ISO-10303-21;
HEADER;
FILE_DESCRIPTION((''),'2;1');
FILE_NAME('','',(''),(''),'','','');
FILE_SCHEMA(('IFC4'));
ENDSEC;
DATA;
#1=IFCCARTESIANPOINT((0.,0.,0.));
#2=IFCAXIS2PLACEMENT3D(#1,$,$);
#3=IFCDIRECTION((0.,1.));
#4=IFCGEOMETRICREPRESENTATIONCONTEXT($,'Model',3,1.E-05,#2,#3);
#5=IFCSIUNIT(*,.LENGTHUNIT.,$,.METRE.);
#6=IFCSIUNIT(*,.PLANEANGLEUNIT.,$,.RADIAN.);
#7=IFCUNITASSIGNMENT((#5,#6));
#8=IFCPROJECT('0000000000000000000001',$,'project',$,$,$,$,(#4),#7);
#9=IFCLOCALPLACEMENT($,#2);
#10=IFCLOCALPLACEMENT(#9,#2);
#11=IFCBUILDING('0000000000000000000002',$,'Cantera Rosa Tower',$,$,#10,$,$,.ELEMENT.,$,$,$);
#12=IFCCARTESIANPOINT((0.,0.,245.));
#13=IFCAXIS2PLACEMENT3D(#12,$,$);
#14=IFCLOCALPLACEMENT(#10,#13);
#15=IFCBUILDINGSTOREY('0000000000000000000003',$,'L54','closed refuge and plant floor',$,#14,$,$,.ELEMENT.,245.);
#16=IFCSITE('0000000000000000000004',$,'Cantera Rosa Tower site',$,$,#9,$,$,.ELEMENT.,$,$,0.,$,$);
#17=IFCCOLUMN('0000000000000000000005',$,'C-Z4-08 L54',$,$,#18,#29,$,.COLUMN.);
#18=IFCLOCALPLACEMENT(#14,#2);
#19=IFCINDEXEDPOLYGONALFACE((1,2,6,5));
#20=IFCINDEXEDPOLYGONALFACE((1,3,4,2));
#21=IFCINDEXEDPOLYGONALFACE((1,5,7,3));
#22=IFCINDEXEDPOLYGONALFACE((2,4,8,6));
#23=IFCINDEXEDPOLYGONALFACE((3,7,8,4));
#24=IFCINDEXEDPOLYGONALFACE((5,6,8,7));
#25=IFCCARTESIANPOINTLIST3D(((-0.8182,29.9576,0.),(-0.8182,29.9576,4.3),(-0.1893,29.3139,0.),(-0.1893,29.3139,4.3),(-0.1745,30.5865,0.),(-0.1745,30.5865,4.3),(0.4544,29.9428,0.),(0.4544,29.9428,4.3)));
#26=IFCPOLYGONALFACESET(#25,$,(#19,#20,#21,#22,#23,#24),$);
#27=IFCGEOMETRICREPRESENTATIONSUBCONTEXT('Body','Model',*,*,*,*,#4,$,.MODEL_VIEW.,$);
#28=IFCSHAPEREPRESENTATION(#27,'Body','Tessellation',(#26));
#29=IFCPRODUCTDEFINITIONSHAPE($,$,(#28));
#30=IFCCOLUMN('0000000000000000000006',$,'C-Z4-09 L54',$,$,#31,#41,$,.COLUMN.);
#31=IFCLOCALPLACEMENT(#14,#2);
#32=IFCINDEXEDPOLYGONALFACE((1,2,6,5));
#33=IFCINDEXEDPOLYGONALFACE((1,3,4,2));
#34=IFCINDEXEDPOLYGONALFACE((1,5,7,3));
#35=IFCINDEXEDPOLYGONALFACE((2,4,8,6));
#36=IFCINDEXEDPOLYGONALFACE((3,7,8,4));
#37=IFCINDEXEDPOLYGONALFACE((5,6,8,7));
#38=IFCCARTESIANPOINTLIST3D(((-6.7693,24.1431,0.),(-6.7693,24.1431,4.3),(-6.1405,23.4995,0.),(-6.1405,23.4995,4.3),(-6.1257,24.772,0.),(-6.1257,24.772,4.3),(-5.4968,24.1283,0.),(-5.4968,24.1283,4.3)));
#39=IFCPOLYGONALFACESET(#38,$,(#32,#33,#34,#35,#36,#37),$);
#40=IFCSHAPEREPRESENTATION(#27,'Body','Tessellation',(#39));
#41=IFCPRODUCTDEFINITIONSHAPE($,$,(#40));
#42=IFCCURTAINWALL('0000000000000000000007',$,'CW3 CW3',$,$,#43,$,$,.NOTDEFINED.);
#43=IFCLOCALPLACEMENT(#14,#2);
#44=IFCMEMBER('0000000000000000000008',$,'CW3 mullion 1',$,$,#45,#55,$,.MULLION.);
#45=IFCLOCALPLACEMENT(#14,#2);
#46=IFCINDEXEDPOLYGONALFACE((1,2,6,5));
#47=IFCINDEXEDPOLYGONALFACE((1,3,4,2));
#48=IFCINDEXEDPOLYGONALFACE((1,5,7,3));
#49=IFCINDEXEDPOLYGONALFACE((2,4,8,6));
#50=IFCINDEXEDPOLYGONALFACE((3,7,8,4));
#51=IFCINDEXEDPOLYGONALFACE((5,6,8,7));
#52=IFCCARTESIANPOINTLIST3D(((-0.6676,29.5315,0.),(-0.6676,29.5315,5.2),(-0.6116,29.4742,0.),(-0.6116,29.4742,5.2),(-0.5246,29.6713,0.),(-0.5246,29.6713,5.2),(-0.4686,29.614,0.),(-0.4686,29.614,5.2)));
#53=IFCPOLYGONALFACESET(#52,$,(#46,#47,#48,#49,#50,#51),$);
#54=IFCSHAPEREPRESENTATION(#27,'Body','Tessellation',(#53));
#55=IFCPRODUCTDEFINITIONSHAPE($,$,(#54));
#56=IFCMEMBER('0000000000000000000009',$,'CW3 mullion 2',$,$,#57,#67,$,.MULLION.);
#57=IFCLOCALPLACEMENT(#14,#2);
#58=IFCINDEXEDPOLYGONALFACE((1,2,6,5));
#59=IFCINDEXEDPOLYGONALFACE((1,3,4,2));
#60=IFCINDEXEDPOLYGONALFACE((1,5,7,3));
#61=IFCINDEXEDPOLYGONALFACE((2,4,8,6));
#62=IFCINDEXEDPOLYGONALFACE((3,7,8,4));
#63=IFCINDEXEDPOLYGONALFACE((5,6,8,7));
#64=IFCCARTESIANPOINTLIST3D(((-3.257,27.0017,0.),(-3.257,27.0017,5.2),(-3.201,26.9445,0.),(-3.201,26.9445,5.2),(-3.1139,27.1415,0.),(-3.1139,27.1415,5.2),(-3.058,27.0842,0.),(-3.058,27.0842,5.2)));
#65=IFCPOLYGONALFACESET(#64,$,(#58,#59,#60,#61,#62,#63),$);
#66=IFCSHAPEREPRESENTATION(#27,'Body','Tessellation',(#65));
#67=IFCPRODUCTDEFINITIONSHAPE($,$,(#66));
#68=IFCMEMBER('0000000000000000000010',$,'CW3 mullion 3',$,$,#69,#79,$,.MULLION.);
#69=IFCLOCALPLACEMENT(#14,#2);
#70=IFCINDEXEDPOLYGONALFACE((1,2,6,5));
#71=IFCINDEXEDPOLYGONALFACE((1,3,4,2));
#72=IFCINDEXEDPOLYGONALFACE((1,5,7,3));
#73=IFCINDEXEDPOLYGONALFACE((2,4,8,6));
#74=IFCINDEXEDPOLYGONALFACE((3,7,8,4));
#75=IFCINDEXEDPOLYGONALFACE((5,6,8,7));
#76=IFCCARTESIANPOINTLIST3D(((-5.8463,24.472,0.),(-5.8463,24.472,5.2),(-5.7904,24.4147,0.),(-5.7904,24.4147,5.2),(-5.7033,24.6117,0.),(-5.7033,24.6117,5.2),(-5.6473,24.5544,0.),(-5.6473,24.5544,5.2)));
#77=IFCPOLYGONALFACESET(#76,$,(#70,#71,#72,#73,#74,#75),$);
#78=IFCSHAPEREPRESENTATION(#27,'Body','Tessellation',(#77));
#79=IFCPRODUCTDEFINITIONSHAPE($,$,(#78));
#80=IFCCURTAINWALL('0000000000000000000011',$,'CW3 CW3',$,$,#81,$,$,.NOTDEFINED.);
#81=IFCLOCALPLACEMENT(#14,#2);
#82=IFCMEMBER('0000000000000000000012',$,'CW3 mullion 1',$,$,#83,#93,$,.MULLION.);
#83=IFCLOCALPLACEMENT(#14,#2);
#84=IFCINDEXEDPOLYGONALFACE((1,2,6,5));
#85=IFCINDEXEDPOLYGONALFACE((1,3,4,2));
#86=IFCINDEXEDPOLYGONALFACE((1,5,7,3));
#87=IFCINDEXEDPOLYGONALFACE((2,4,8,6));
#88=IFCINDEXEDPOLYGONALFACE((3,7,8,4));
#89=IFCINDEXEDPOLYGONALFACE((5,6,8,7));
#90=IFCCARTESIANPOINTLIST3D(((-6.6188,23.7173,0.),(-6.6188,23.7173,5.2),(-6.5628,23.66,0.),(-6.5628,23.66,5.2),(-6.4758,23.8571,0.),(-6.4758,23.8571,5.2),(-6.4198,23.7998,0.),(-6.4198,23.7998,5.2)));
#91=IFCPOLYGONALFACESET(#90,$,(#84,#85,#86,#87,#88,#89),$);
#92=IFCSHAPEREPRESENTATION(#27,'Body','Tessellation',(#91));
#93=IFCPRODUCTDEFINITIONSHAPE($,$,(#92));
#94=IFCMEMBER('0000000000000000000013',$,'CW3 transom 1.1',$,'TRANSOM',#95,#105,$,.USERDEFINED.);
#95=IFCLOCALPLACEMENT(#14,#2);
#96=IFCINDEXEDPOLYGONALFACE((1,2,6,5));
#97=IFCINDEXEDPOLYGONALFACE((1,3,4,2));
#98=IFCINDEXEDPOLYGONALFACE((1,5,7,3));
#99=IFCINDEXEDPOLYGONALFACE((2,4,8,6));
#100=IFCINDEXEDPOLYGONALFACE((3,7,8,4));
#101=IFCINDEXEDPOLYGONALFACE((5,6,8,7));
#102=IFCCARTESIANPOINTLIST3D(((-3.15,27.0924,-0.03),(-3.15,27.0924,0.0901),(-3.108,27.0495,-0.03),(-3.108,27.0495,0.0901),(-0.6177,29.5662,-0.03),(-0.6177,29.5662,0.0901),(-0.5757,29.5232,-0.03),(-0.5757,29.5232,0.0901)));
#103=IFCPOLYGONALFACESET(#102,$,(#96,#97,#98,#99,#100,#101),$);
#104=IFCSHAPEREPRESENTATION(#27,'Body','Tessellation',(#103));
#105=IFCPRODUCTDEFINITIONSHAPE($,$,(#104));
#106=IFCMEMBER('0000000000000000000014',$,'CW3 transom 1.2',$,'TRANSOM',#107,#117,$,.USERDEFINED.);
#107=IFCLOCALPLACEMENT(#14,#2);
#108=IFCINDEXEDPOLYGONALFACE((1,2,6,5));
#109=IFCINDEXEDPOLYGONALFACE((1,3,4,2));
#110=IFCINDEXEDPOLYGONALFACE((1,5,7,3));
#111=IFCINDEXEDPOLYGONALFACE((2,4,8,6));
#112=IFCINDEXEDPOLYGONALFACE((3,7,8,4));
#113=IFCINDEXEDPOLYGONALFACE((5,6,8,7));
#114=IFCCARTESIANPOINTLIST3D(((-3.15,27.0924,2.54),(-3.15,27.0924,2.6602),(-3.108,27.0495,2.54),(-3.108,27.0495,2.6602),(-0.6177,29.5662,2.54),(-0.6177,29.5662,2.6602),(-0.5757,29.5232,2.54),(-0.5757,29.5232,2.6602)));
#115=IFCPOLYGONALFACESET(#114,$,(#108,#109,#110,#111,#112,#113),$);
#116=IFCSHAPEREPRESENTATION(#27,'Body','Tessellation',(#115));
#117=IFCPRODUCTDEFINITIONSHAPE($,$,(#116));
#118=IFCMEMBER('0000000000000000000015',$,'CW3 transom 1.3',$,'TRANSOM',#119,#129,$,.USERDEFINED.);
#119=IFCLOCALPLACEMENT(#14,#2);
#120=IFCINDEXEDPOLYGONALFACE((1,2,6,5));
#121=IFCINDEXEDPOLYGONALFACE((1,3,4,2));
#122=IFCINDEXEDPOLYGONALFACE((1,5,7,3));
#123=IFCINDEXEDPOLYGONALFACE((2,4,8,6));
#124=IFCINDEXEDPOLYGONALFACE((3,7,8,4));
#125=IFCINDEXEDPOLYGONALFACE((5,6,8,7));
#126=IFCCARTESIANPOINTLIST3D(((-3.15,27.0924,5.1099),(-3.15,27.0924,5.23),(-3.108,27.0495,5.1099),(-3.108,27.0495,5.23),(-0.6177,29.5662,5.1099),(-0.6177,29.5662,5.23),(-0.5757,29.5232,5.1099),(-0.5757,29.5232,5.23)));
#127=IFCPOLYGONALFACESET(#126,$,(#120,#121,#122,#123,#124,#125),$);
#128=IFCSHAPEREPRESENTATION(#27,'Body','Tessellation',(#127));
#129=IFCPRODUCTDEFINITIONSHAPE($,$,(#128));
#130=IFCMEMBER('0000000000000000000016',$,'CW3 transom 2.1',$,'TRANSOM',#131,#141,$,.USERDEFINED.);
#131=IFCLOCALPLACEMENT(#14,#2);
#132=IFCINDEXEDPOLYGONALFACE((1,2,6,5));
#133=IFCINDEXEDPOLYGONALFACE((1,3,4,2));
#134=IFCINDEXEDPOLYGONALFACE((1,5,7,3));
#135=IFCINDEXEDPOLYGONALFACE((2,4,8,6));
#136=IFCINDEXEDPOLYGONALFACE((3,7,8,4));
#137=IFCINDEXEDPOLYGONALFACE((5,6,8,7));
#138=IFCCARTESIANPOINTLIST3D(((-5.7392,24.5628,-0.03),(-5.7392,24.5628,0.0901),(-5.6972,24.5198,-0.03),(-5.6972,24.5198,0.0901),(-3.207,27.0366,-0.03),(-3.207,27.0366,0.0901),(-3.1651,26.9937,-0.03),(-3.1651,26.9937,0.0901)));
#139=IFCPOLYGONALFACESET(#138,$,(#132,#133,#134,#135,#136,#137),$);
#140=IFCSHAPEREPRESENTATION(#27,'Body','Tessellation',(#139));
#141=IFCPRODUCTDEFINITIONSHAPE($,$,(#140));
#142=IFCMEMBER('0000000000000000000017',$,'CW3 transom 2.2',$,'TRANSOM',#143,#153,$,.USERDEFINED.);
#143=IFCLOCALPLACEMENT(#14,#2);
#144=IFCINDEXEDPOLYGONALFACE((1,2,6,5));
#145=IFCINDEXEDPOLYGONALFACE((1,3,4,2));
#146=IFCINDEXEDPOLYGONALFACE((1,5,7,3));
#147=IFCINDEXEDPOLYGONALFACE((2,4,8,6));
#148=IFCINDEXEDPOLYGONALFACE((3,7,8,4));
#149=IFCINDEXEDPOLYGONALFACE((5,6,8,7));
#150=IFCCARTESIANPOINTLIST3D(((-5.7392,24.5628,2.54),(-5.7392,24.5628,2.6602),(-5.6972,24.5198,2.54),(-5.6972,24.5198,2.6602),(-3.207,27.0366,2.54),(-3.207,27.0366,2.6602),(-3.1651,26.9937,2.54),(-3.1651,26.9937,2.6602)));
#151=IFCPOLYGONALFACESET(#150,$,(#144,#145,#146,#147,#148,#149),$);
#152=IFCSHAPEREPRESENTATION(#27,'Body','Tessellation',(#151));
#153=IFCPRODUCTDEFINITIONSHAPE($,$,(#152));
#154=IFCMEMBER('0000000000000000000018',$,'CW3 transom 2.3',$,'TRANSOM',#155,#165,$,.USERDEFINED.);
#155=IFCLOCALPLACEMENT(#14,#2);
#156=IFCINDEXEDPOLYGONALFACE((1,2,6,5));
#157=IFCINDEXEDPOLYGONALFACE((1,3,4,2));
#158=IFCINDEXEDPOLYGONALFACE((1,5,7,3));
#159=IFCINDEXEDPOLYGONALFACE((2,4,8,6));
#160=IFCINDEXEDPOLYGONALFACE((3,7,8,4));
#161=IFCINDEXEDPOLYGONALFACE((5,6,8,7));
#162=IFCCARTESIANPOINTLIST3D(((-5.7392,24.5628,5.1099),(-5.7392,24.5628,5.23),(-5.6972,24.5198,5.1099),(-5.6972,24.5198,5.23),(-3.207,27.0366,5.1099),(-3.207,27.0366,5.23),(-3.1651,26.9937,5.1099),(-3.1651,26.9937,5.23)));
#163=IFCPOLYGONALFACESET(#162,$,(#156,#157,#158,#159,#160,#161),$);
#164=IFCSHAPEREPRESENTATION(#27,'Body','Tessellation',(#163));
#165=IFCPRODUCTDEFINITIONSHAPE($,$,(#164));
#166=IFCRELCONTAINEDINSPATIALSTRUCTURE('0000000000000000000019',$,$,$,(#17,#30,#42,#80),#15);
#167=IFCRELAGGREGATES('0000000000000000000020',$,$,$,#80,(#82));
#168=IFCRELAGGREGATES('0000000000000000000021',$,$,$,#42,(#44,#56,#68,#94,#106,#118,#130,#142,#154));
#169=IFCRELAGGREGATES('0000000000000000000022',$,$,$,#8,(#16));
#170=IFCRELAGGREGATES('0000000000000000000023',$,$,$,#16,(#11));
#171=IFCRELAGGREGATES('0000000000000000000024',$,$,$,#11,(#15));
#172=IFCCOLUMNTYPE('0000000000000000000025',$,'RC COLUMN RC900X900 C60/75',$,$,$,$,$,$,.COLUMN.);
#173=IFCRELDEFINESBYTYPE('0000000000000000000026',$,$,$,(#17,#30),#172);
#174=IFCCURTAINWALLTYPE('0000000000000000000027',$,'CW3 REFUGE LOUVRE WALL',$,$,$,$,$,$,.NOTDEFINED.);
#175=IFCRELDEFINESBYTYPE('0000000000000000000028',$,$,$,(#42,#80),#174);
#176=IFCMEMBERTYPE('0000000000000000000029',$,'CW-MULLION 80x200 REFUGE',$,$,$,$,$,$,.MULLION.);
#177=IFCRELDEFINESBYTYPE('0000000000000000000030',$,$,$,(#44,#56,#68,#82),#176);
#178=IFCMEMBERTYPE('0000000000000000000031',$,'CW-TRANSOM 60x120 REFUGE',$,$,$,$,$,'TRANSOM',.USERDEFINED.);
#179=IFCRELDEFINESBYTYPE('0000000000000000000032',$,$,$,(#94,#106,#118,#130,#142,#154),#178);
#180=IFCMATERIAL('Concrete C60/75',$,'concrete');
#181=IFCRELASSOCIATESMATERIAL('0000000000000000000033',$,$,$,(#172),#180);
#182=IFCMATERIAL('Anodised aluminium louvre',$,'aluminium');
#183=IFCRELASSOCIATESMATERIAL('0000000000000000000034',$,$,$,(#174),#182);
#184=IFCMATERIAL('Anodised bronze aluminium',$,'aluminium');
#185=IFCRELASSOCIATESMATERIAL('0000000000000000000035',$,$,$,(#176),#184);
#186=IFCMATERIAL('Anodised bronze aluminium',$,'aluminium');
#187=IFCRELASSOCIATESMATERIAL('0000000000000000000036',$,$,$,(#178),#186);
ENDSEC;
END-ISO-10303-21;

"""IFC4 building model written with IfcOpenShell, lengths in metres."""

from ifc_helpers import new_model, si_unit, direction, frame, origin, origin_2d, place, context, subcontext, project, spatial, rectangle, extrude, material, material_profile, profile_set, type_object, element, aggregate, save


model = new_model("IFC4")

# Units and contexts
model_context = context("Model", 3, precision=1e-05, world=origin(), true_north=direction((0.0, 1.0)))
body_context = subcontext(model_context, "Body", "Model", "MODEL_VIEW")
ifc_project = project(units=[si_unit("LENGTHUNIT", "METRE"), si_unit("PLANEANGLEUNIT", "RADIAN")], contexts=[model_context])

# Site, building, storey
site_placement = place(None, origin())
site = spatial("IfcSite", under=ifc_project, at=site_placement, Name="Cantera Rosa Tower site", CompositionType="ELEMENT", RefElevation=0.0)
building_placement = place(site_placement, origin())
building = spatial("IfcBuilding", under=site, at=building_placement, Name="Cantera Rosa Tower", CompositionType="ELEMENT")
storey_placement = place(building_placement, frame((0.0, 0.0, 245.0)))
storey = spatial("IfcBuildingStorey", under=building, at=storey_placement, Name="L54", Description="closed refuge and plant floor", CompositionType="ELEMENT", Elevation=245.0)

# Columns
ifc_material_1 = material(Name="Concrete C60/75", Category="concrete")
ifc_material_profile_1 = material_profile(ifc_material_1, rectangle(XDim=0.8999, YDim=0.8999, at=origin_2d()), Name="RC COLUMN RC900X900 C60/75")
ifc_profile_set_1 = profile_set([ifc_material_profile_1], Name="Concrete C60/75")
column_type = type_object("IfcColumnType", Name="RC COLUMN RC900X900 C60/75", PredefinedType="COLUMN", material=ifc_profile_set_1)
for number, where, z_axis, x_axis, name in (
    (1, (-0.1819, 29.9502, 0.0), (0.0, 0.0, 1.0), (0.715286, 0.698832, 0.0), "C-Z4-08 L54"),
    (2, (-6.1331, 24.1357, 0.0), (0.0, 0.0, 1.0), (0.715286, 0.698832, 0.0), "C-Z4-09 L54"),
):
    element("IfcColumn", number, at=place(storey_placement, frame(where, z_axis=z_axis, x_axis=x_axis)), inside=storey, type_object=column_type, Name=name, PredefinedType="COLUMN", context=body_context, shape_type="SweptSolid", body=[
        extrude(rectangle(XDim=0.8999, YDim=0.8999, at=origin_2d()), origin(), (0.0, 0.0, 1.0), 4.3),
    ])

# Curtain wall, members
ifc_material_2 = material(Name="Anodised aluminium louvre", Category="aluminium")
curtain_wall_type = type_object("IfcCurtainWallType", Name="CW3 REFUGE LOUVRE WALL", PredefinedType="NOTDEFINED", material=ifc_material_2)
curtain_wall_1_placement = place(storey_placement, origin())
curtain_wall_1 = element("IfcCurtainWall", 3, at=curtain_wall_1_placement, inside=storey, type_object=curtain_wall_type, Name="CW3 CW3", PredefinedType="NOTDEFINED")
ifc_material_3 = material(Name="Anodised bronze aluminium", Category="aluminium")
ifc_material_profile_2 = material_profile(ifc_material_3, rectangle(XDim=0.0801, YDim=0.2, at=origin_2d()), Name="CW-MULLION 80x200 REFUGE")
ifc_profile_set_2 = profile_set([ifc_material_profile_2], Name="Anodised bronze aluminium")
member_type_1 = type_object("IfcMemberType", Name="CW-MULLION 80x200 REFUGE", PredefinedType="MULLION", material=ifc_profile_set_2)
member_1_placement = place(storey_placement, frame((-0.5681, 29.5728, 0.0), z_axis=(0.0, 0.0, 1.0), x_axis=(0.698832, -0.715286, 0.0)))
member_1 = element("IfcMember", 4, at=member_1_placement, type_object=member_type_1, Name="CW3 mullion 1", PredefinedType="MULLION", context=body_context, shape_type="SweptSolid", body=[
    extrude(rectangle(XDim=0.0801, YDim=0.2, at=origin_2d()), origin(), (0.0, 0.0, 1.0), 5.2),
])
member_2_placement = place(storey_placement, frame((-3.1575, 27.043, 0.0), z_axis=(0.0, 0.0, 1.0), x_axis=(0.698832, -0.715286, 0.0)))
member_2 = element("IfcMember", 5, at=member_2_placement, type_object=member_type_1, Name="CW3 mullion 2", PredefinedType="MULLION", context=body_context, shape_type="SweptSolid", body=[
    extrude(rectangle(XDim=0.0801, YDim=0.2, at=origin_2d()), origin(), (0.0, 0.0, 1.0), 5.2),
])
member_3_placement = place(storey_placement, frame((-5.7468, 24.5132, 0.0), z_axis=(0.0, 0.0, 1.0), x_axis=(0.698832, -0.715286, 0.0)))
member_3 = element("IfcMember", 6, at=member_3_placement, type_object=member_type_1, Name="CW3 mullion 3", PredefinedType="MULLION", context=body_context, shape_type="SweptSolid", body=[
    extrude(rectangle(XDim=0.0801, YDim=0.2, at=origin_2d()), origin(), (0.0, 0.0, 1.0), 5.2),
])

# Curtain wall, member
curtain_wall_2_placement = place(storey_placement, origin())
curtain_wall_2 = element("IfcCurtainWall", 7, at=curtain_wall_2_placement, inside=storey, type_object=curtain_wall_type, Name="CW3 CW3", PredefinedType="NOTDEFINED")
member_4_placement = place(storey_placement, frame((-6.5193, 23.7585, 0.0), z_axis=(0.0, 0.0, 1.0), x_axis=(0.698832, -0.715286, 0.0)))
member_4 = element("IfcMember", 8, at=member_4_placement, type_object=member_type_1, Name="CW3 mullion 1", PredefinedType="MULLION", context=body_context, shape_type="SweptSolid", body=[
    extrude(rectangle(XDim=0.0801, YDim=0.2, at=origin_2d()), origin(), (0.0, 0.0, 1.0), 5.2),
])
aggregate(curtain_wall_2, [member_4])

# Members
ifc_material_4 = material(Name="Anodised bronze aluminium", Category="aluminium")
ifc_material_profile_3 = material_profile(ifc_material_4, rectangle(XDim=0.0601, YDim=0.1201, at=origin_2d()), Name="CW-TRANSOM 60x120 REFUGE")
ifc_profile_set_3 = profile_set([ifc_material_profile_3], Name="Anodised bronze aluminium")
member_type_2 = type_object("IfcMemberType", Name="CW-TRANSOM 60x120 REFUGE", ElementType="TRANSOM", PredefinedType="USERDEFINED", material=ifc_profile_set_3)
member_5_placement = place(storey_placement, frame((-0.5967, 29.5447, 0.03), z_axis=(-0.715334, -0.698782, 0.0), x_axis=(0.698782, -0.715334, 0.0)))
member_5 = element("IfcMember", 9, at=member_5_placement, type_object=member_type_2, Name="CW3 transom 1.1", ObjectType="TRANSOM", PredefinedType="USERDEFINED", context=body_context, shape_type="SweptSolid", body=[
    extrude(rectangle(XDim=0.0601, YDim=0.1201, at=origin_2d()), origin(), (0.0, 0.0, 1.0), 3.54),
])
member_6_placement = place(storey_placement, frame((-0.5967, 29.5447, 2.6001), z_axis=(-0.715334, -0.698782, 0.0), x_axis=(0.698782, -0.715334, 0.0)))
member_6 = element("IfcMember", 10, at=member_6_placement, type_object=member_type_2, Name="CW3 transom 1.2", ObjectType="TRANSOM", PredefinedType="USERDEFINED", context=body_context, shape_type="SweptSolid", body=[
    extrude(rectangle(XDim=0.0601, YDim=0.1201, at=origin_2d()), origin(), (0.0, 0.0, 1.0), 3.54),
])
member_7_placement = place(storey_placement, frame((-0.5967, 29.5447, 5.1699), z_axis=(-0.715334, -0.698782, 0.0), x_axis=(0.698782, -0.715334, 0.0)))
member_7 = element("IfcMember", 11, at=member_7_placement, type_object=member_type_2, Name="CW3 transom 1.3", ObjectType="TRANSOM", PredefinedType="USERDEFINED", context=body_context, shape_type="SweptSolid", body=[
    extrude(rectangle(XDim=0.0601, YDim=0.1201, at=origin_2d()), origin(), (0.0, 0.0, 1.0), 3.54),
])
member_8_placement = place(storey_placement, frame((-3.186, 27.0151, 0.03), z_axis=(-0.7153, -0.698817, 0.0), x_axis=(0.698817, -0.7153, 0.0)))
member_8 = element("IfcMember", 12, at=member_8_placement, type_object=member_type_2, Name="CW3 transom 2.1", ObjectType="TRANSOM", PredefinedType="USERDEFINED", context=body_context, shape_type="SweptSolid", body=[
    extrude(rectangle(XDim=0.0601, YDim=0.1201, at=origin_2d()), origin(), (0.0, 0.0, 1.0), 3.54),
])
member_9_placement = place(storey_placement, frame((-3.186, 27.0151, 2.6001), z_axis=(-0.7153, -0.698817, 0.0), x_axis=(0.698817, -0.7153, 0.0)))
member_9 = element("IfcMember", 13, at=member_9_placement, type_object=member_type_2, Name="CW3 transom 2.2", ObjectType="TRANSOM", PredefinedType="USERDEFINED", context=body_context, shape_type="SweptSolid", body=[
    extrude(rectangle(XDim=0.0601, YDim=0.1201, at=origin_2d()), origin(), (0.0, 0.0, 1.0), 3.54),
])
member_10_placement = place(storey_placement, frame((-3.186, 27.0151, 5.1699), z_axis=(-0.7153, -0.698817, 0.0), x_axis=(0.698817, -0.7153, 0.0)))
member_10 = element("IfcMember", 14, at=member_10_placement, type_object=member_type_2, Name="CW3 transom 2.3", ObjectType="TRANSOM", PredefinedType="USERDEFINED", context=body_context, shape_type="SweptSolid", body=[
    extrude(rectangle(XDim=0.0601, YDim=0.1201, at=origin_2d()), origin(), (0.0, 0.0, 1.0), 3.54),
])

aggregate(curtain_wall_1, [member_1, member_2, member_3, member_5, member_6, member_7, member_8, member_9, member_10])

save(model, "model.ifc")
